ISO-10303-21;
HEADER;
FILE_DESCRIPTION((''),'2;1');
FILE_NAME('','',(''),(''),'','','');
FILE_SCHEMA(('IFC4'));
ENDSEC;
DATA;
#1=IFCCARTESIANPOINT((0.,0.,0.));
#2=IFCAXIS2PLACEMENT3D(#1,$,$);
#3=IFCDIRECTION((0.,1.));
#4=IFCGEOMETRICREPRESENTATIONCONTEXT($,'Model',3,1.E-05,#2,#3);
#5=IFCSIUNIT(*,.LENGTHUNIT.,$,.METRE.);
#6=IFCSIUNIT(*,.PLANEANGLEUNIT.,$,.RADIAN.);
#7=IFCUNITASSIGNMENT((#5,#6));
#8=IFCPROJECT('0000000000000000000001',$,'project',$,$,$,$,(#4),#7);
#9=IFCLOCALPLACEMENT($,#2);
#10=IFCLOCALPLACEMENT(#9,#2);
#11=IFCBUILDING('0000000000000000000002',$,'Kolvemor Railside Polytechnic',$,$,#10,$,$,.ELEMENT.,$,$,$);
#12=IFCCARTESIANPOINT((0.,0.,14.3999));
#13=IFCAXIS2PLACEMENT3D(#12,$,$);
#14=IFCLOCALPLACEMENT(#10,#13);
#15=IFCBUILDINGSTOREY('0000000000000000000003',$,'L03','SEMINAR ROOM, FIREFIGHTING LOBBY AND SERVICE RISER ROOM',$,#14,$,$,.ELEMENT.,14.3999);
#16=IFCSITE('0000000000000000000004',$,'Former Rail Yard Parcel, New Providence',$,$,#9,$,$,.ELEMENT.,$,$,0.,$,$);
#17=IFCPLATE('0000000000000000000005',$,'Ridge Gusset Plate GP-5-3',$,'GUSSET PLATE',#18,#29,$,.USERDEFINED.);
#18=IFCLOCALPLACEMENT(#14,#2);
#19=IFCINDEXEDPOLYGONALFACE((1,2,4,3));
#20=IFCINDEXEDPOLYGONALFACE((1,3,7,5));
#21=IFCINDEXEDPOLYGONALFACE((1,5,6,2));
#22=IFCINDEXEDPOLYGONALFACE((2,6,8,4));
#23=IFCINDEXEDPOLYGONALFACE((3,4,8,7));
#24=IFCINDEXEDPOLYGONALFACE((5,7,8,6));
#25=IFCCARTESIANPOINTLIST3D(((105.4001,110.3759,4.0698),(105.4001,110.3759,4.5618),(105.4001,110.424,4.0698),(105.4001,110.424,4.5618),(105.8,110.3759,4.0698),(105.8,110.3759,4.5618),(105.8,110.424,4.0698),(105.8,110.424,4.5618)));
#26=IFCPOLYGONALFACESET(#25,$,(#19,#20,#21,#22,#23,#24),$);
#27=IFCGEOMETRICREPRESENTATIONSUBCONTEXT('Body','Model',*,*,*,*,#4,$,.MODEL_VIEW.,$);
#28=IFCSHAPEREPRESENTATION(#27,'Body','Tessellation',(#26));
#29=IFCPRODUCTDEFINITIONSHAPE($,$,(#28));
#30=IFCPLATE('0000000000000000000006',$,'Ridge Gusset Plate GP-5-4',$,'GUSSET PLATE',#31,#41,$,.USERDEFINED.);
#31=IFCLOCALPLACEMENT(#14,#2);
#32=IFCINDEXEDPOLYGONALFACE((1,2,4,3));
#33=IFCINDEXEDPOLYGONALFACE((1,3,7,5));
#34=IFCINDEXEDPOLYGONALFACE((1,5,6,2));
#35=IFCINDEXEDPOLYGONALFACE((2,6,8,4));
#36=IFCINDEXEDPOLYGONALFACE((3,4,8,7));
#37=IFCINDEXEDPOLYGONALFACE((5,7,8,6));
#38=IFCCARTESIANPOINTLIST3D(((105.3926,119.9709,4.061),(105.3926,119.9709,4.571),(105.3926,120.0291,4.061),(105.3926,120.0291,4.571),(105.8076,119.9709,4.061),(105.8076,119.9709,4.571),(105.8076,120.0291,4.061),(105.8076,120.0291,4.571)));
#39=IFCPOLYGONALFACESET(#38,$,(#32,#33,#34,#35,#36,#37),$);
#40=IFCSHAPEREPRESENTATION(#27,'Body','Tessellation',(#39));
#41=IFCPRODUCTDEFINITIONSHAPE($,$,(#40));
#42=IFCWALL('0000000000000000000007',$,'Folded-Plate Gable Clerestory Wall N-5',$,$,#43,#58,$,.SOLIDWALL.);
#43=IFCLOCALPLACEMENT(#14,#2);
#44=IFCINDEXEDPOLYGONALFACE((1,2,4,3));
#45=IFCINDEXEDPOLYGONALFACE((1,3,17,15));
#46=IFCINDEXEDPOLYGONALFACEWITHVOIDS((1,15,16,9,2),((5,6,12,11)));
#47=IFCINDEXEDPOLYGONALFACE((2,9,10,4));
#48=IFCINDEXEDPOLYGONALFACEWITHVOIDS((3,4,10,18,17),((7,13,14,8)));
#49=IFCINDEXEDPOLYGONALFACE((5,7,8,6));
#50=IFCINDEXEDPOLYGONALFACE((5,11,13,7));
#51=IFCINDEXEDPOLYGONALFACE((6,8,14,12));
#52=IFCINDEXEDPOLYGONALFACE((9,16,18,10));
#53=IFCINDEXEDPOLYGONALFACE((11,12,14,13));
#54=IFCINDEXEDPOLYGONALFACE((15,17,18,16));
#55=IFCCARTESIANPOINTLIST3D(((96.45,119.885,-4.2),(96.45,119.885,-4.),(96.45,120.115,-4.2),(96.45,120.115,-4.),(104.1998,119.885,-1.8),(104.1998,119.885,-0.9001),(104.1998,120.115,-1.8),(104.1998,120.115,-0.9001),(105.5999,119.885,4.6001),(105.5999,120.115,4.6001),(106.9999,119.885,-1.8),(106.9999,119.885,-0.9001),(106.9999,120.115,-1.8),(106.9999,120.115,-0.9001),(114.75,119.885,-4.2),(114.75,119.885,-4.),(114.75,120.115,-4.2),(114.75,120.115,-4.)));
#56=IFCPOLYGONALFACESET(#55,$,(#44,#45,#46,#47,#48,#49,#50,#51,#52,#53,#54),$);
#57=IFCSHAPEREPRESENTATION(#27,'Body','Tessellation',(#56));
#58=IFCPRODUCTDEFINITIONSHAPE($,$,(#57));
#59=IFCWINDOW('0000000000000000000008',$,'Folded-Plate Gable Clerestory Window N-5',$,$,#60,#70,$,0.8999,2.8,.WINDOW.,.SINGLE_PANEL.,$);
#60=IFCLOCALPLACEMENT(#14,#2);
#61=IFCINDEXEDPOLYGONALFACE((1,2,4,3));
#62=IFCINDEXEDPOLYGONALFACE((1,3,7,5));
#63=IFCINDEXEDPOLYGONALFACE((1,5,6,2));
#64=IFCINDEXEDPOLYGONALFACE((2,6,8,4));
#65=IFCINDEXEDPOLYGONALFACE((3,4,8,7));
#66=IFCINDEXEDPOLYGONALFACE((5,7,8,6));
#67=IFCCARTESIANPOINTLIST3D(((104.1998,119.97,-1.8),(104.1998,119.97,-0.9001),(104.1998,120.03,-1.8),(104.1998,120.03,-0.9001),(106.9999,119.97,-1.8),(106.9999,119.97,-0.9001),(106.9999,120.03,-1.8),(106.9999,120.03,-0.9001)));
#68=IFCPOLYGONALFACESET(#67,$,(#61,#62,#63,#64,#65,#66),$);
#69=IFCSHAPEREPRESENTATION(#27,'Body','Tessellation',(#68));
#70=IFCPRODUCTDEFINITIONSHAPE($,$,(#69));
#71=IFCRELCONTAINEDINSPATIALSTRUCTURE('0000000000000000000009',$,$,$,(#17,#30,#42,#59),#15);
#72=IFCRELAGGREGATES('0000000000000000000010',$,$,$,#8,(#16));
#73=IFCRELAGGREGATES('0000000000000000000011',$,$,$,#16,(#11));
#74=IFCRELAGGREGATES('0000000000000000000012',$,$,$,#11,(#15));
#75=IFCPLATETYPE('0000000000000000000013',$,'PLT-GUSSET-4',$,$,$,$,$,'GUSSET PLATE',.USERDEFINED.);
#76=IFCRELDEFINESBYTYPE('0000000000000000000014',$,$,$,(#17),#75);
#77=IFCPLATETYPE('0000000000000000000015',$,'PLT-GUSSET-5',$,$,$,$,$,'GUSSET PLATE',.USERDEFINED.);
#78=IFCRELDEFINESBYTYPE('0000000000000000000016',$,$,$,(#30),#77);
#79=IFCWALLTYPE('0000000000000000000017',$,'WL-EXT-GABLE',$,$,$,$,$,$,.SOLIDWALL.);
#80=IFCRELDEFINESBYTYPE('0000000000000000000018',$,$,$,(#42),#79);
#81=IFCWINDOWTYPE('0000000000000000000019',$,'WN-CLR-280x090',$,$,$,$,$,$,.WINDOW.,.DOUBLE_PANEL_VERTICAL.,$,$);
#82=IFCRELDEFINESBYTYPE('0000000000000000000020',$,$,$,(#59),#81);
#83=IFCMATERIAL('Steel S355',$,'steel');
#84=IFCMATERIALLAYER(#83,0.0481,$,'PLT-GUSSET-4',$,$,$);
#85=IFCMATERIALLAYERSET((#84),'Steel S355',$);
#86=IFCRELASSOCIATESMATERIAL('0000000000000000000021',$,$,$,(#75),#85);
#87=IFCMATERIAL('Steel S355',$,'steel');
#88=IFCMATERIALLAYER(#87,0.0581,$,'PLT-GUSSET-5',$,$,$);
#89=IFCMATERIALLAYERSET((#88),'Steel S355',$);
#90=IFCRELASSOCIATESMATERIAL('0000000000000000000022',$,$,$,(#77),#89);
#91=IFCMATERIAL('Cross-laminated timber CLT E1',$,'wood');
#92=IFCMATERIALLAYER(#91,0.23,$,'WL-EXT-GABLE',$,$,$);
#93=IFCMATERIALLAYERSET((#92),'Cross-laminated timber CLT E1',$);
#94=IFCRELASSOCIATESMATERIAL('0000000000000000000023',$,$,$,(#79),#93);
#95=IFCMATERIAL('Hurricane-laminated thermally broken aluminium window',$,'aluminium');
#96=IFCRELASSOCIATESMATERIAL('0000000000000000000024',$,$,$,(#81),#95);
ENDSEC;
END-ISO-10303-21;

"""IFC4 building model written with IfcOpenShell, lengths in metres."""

from ifc_helpers import new_model, si_unit, direction, frame, frame_2d, origin, origin_2d, place, context, subcontext, project, spatial, polyline, rectangle, outline, extrude, material, layer, layer_set, type_object, element, fill, save


model = new_model("IFC4")

# Units and contexts
model_context = context("Model", 3, precision=1e-05, world=origin(), true_north=direction((0.0, 1.0)))
body_context = subcontext(model_context, "Body", "Model", "MODEL_VIEW")
ifc_project = project(units=[si_unit("LENGTHUNIT", "METRE"), si_unit("PLANEANGLEUNIT", "RADIAN")], contexts=[model_context])

# Site, building, storey
site_placement = place(None, origin())
site = spatial("IfcSite", under=ifc_project, at=site_placement, Name="Former Rail Yard Parcel, New Providence", CompositionType="ELEMENT", RefElevation=0.0)
building_placement = place(site_placement, origin())
building = spatial("IfcBuilding", under=site, at=building_placement, Name="Kolvemor Railside Polytechnic", CompositionType="ELEMENT")
storey_placement = place(building_placement, frame((0.0, 0.0, 14.3999)))
storey = spatial("IfcBuildingStorey", under=building, at=storey_placement, Name="L03", Description="SEMINAR ROOM, FIREFIGHTING LOBBY AND SERVICE RISER ROOM", CompositionType="ELEMENT", Elevation=14.3999)

# Plates
ifc_material_1 = material(Name="Steel S355", Category="steel")
ifc_layer_1 = layer(ifc_material_1, 0.0481, Name="PLT-GUSSET-4")
ifc_layer_set_1 = layer_set([ifc_layer_1], Name="Steel S355")
plate_type_1 = type_object("IfcPlateType", Name="PLT-GUSSET-4", ElementType="GUSSET PLATE", PredefinedType="USERDEFINED", material=ifc_layer_set_1)
plate_1_placement = place(storey_placement, frame((105.6001, 110.3999, 4.0698), z_axis=(0.0, 0.0, 1.0), x_axis=(1.0, 0.0, 0.0)))
element("IfcPlate", 1, at=plate_1_placement, inside=storey, type_object=plate_type_1, Name="Ridge Gusset Plate GP-5-3", ObjectType="GUSSET PLATE", PredefinedType="USERDEFINED", context=body_context, shape_type="SweptSolid", body=[
    extrude(rectangle(XDim=0.3999, YDim=0.0481, at=origin_2d()), origin(), (0.0, 0.0, 1.0), 0.4919),
])
ifc_material_2 = material(Name="Steel S355", Category="steel")
ifc_layer_2 = layer(ifc_material_2, 0.0581, Name="PLT-GUSSET-5")
ifc_layer_set_2 = layer_set([ifc_layer_2], Name="Steel S355")
plate_type_2 = type_object("IfcPlateType", Name="PLT-GUSSET-5", ElementType="GUSSET PLATE", PredefinedType="USERDEFINED", material=ifc_layer_set_2)
plate_2_placement = place(storey_placement, frame((105.6001, 120.0, 4.061), z_axis=(0.0, 0.0, 1.0), x_axis=(1.0, 0.0, 0.0)))
element("IfcPlate", 2, at=plate_2_placement, inside=storey, type_object=plate_type_2, Name="Ridge Gusset Plate GP-5-4", ObjectType="GUSSET PLATE", PredefinedType="USERDEFINED", context=body_context, shape_type="SweptSolid", body=[
    extrude(rectangle(XDim=0.415, YDim=0.0581, at=origin_2d()), origin(), (0.0, 0.0, 1.0), 0.51),
])

# Wall, opening, window
ifc_material_3 = material(Name="Cross-laminated timber CLT E1", Category="wood")
ifc_layer_3 = layer(ifc_material_3, 0.23, Name="WL-EXT-GABLE")
ifc_layer_set_3 = layer_set([ifc_layer_3], Name="Cross-laminated timber CLT E1")
wall_type = type_object("IfcWallType", Name="WL-EXT-GABLE", PredefinedType="SOLIDWALL", material=ifc_layer_set_3)
wall_placement = place(storey_placement, frame((96.45, 120.0, -4.2), z_axis=(0.0, 0.0, 1.0), x_axis=(1.0, 0.0, 0.0)))
wall = element("IfcWall", 3, at=wall_placement, inside=storey, type_object=wall_type, Name="Folded-Plate Gable Clerestory Wall N-5", PredefinedType="SOLIDWALL", context=body_context, shape_type="SweptSolid", body=[
    extrude(outline(polyline([(0.0, 0.0), (18.3, 0.0), (18.3, 0.2), (9.1499, 8.8), (0.0, 0.2), (0.0, 0.0)])), frame((0.0, 0.115, 0.0), z_axis=(0.0, -1.0, 0.0), x_axis=(1.0, 0.0, 0.0)), (0.0, 0.0, 1.0), 0.23),
])
opening_placement = place(wall_placement, frame((7.75, 0.0, 2.3999)))
opening = element("IfcOpeningElement", 4, at=opening_placement, cuts=wall, PredefinedType="OPENING", context=body_context, shape_type="SweptSolid", body=[
    extrude(rectangle(XDim=2.8, YDim=0.8999, at=frame_2d((1.3999, 0.45))), frame((0.0, 0.125, 0.0), z_axis=(0.0, -1.0, 0.0), x_axis=(1.0, 0.0, 0.0)), (0.0, 0.0, 1.0), 0.25),
])
ifc_material_4 = material(Name="Hurricane-laminated thermally broken aluminium window", Category="aluminium")
window_type = type_object("IfcWindowType", Name="WN-CLR-280x090", PartitioningType="DOUBLE_PANEL_VERTICAL", PredefinedType="WINDOW", material=ifc_material_4)
window_placement = place(opening_placement, origin())
window = element("IfcWindow", 5, at=window_placement, inside=storey, type_object=window_type, Name="Folded-Plate Gable Clerestory Window N-5", OverallHeight=0.8999, OverallWidth=2.8, PartitioningType="SINGLE_PANEL", PredefinedType="WINDOW", context=body_context, shape_type="SweptSolid", body=[
    extrude(rectangle(XDim=2.8, YDim=0.8999, at=frame_2d((1.3999, 0.45))), frame((0.0, 0.03, 0.0), z_axis=(0.0, -1.0, 0.0), x_axis=(1.0, 0.0, 0.0)), (0.0, 0.0, 1.0), 0.0601),
])
fill(opening, window)

save(model, "model.ifc")
